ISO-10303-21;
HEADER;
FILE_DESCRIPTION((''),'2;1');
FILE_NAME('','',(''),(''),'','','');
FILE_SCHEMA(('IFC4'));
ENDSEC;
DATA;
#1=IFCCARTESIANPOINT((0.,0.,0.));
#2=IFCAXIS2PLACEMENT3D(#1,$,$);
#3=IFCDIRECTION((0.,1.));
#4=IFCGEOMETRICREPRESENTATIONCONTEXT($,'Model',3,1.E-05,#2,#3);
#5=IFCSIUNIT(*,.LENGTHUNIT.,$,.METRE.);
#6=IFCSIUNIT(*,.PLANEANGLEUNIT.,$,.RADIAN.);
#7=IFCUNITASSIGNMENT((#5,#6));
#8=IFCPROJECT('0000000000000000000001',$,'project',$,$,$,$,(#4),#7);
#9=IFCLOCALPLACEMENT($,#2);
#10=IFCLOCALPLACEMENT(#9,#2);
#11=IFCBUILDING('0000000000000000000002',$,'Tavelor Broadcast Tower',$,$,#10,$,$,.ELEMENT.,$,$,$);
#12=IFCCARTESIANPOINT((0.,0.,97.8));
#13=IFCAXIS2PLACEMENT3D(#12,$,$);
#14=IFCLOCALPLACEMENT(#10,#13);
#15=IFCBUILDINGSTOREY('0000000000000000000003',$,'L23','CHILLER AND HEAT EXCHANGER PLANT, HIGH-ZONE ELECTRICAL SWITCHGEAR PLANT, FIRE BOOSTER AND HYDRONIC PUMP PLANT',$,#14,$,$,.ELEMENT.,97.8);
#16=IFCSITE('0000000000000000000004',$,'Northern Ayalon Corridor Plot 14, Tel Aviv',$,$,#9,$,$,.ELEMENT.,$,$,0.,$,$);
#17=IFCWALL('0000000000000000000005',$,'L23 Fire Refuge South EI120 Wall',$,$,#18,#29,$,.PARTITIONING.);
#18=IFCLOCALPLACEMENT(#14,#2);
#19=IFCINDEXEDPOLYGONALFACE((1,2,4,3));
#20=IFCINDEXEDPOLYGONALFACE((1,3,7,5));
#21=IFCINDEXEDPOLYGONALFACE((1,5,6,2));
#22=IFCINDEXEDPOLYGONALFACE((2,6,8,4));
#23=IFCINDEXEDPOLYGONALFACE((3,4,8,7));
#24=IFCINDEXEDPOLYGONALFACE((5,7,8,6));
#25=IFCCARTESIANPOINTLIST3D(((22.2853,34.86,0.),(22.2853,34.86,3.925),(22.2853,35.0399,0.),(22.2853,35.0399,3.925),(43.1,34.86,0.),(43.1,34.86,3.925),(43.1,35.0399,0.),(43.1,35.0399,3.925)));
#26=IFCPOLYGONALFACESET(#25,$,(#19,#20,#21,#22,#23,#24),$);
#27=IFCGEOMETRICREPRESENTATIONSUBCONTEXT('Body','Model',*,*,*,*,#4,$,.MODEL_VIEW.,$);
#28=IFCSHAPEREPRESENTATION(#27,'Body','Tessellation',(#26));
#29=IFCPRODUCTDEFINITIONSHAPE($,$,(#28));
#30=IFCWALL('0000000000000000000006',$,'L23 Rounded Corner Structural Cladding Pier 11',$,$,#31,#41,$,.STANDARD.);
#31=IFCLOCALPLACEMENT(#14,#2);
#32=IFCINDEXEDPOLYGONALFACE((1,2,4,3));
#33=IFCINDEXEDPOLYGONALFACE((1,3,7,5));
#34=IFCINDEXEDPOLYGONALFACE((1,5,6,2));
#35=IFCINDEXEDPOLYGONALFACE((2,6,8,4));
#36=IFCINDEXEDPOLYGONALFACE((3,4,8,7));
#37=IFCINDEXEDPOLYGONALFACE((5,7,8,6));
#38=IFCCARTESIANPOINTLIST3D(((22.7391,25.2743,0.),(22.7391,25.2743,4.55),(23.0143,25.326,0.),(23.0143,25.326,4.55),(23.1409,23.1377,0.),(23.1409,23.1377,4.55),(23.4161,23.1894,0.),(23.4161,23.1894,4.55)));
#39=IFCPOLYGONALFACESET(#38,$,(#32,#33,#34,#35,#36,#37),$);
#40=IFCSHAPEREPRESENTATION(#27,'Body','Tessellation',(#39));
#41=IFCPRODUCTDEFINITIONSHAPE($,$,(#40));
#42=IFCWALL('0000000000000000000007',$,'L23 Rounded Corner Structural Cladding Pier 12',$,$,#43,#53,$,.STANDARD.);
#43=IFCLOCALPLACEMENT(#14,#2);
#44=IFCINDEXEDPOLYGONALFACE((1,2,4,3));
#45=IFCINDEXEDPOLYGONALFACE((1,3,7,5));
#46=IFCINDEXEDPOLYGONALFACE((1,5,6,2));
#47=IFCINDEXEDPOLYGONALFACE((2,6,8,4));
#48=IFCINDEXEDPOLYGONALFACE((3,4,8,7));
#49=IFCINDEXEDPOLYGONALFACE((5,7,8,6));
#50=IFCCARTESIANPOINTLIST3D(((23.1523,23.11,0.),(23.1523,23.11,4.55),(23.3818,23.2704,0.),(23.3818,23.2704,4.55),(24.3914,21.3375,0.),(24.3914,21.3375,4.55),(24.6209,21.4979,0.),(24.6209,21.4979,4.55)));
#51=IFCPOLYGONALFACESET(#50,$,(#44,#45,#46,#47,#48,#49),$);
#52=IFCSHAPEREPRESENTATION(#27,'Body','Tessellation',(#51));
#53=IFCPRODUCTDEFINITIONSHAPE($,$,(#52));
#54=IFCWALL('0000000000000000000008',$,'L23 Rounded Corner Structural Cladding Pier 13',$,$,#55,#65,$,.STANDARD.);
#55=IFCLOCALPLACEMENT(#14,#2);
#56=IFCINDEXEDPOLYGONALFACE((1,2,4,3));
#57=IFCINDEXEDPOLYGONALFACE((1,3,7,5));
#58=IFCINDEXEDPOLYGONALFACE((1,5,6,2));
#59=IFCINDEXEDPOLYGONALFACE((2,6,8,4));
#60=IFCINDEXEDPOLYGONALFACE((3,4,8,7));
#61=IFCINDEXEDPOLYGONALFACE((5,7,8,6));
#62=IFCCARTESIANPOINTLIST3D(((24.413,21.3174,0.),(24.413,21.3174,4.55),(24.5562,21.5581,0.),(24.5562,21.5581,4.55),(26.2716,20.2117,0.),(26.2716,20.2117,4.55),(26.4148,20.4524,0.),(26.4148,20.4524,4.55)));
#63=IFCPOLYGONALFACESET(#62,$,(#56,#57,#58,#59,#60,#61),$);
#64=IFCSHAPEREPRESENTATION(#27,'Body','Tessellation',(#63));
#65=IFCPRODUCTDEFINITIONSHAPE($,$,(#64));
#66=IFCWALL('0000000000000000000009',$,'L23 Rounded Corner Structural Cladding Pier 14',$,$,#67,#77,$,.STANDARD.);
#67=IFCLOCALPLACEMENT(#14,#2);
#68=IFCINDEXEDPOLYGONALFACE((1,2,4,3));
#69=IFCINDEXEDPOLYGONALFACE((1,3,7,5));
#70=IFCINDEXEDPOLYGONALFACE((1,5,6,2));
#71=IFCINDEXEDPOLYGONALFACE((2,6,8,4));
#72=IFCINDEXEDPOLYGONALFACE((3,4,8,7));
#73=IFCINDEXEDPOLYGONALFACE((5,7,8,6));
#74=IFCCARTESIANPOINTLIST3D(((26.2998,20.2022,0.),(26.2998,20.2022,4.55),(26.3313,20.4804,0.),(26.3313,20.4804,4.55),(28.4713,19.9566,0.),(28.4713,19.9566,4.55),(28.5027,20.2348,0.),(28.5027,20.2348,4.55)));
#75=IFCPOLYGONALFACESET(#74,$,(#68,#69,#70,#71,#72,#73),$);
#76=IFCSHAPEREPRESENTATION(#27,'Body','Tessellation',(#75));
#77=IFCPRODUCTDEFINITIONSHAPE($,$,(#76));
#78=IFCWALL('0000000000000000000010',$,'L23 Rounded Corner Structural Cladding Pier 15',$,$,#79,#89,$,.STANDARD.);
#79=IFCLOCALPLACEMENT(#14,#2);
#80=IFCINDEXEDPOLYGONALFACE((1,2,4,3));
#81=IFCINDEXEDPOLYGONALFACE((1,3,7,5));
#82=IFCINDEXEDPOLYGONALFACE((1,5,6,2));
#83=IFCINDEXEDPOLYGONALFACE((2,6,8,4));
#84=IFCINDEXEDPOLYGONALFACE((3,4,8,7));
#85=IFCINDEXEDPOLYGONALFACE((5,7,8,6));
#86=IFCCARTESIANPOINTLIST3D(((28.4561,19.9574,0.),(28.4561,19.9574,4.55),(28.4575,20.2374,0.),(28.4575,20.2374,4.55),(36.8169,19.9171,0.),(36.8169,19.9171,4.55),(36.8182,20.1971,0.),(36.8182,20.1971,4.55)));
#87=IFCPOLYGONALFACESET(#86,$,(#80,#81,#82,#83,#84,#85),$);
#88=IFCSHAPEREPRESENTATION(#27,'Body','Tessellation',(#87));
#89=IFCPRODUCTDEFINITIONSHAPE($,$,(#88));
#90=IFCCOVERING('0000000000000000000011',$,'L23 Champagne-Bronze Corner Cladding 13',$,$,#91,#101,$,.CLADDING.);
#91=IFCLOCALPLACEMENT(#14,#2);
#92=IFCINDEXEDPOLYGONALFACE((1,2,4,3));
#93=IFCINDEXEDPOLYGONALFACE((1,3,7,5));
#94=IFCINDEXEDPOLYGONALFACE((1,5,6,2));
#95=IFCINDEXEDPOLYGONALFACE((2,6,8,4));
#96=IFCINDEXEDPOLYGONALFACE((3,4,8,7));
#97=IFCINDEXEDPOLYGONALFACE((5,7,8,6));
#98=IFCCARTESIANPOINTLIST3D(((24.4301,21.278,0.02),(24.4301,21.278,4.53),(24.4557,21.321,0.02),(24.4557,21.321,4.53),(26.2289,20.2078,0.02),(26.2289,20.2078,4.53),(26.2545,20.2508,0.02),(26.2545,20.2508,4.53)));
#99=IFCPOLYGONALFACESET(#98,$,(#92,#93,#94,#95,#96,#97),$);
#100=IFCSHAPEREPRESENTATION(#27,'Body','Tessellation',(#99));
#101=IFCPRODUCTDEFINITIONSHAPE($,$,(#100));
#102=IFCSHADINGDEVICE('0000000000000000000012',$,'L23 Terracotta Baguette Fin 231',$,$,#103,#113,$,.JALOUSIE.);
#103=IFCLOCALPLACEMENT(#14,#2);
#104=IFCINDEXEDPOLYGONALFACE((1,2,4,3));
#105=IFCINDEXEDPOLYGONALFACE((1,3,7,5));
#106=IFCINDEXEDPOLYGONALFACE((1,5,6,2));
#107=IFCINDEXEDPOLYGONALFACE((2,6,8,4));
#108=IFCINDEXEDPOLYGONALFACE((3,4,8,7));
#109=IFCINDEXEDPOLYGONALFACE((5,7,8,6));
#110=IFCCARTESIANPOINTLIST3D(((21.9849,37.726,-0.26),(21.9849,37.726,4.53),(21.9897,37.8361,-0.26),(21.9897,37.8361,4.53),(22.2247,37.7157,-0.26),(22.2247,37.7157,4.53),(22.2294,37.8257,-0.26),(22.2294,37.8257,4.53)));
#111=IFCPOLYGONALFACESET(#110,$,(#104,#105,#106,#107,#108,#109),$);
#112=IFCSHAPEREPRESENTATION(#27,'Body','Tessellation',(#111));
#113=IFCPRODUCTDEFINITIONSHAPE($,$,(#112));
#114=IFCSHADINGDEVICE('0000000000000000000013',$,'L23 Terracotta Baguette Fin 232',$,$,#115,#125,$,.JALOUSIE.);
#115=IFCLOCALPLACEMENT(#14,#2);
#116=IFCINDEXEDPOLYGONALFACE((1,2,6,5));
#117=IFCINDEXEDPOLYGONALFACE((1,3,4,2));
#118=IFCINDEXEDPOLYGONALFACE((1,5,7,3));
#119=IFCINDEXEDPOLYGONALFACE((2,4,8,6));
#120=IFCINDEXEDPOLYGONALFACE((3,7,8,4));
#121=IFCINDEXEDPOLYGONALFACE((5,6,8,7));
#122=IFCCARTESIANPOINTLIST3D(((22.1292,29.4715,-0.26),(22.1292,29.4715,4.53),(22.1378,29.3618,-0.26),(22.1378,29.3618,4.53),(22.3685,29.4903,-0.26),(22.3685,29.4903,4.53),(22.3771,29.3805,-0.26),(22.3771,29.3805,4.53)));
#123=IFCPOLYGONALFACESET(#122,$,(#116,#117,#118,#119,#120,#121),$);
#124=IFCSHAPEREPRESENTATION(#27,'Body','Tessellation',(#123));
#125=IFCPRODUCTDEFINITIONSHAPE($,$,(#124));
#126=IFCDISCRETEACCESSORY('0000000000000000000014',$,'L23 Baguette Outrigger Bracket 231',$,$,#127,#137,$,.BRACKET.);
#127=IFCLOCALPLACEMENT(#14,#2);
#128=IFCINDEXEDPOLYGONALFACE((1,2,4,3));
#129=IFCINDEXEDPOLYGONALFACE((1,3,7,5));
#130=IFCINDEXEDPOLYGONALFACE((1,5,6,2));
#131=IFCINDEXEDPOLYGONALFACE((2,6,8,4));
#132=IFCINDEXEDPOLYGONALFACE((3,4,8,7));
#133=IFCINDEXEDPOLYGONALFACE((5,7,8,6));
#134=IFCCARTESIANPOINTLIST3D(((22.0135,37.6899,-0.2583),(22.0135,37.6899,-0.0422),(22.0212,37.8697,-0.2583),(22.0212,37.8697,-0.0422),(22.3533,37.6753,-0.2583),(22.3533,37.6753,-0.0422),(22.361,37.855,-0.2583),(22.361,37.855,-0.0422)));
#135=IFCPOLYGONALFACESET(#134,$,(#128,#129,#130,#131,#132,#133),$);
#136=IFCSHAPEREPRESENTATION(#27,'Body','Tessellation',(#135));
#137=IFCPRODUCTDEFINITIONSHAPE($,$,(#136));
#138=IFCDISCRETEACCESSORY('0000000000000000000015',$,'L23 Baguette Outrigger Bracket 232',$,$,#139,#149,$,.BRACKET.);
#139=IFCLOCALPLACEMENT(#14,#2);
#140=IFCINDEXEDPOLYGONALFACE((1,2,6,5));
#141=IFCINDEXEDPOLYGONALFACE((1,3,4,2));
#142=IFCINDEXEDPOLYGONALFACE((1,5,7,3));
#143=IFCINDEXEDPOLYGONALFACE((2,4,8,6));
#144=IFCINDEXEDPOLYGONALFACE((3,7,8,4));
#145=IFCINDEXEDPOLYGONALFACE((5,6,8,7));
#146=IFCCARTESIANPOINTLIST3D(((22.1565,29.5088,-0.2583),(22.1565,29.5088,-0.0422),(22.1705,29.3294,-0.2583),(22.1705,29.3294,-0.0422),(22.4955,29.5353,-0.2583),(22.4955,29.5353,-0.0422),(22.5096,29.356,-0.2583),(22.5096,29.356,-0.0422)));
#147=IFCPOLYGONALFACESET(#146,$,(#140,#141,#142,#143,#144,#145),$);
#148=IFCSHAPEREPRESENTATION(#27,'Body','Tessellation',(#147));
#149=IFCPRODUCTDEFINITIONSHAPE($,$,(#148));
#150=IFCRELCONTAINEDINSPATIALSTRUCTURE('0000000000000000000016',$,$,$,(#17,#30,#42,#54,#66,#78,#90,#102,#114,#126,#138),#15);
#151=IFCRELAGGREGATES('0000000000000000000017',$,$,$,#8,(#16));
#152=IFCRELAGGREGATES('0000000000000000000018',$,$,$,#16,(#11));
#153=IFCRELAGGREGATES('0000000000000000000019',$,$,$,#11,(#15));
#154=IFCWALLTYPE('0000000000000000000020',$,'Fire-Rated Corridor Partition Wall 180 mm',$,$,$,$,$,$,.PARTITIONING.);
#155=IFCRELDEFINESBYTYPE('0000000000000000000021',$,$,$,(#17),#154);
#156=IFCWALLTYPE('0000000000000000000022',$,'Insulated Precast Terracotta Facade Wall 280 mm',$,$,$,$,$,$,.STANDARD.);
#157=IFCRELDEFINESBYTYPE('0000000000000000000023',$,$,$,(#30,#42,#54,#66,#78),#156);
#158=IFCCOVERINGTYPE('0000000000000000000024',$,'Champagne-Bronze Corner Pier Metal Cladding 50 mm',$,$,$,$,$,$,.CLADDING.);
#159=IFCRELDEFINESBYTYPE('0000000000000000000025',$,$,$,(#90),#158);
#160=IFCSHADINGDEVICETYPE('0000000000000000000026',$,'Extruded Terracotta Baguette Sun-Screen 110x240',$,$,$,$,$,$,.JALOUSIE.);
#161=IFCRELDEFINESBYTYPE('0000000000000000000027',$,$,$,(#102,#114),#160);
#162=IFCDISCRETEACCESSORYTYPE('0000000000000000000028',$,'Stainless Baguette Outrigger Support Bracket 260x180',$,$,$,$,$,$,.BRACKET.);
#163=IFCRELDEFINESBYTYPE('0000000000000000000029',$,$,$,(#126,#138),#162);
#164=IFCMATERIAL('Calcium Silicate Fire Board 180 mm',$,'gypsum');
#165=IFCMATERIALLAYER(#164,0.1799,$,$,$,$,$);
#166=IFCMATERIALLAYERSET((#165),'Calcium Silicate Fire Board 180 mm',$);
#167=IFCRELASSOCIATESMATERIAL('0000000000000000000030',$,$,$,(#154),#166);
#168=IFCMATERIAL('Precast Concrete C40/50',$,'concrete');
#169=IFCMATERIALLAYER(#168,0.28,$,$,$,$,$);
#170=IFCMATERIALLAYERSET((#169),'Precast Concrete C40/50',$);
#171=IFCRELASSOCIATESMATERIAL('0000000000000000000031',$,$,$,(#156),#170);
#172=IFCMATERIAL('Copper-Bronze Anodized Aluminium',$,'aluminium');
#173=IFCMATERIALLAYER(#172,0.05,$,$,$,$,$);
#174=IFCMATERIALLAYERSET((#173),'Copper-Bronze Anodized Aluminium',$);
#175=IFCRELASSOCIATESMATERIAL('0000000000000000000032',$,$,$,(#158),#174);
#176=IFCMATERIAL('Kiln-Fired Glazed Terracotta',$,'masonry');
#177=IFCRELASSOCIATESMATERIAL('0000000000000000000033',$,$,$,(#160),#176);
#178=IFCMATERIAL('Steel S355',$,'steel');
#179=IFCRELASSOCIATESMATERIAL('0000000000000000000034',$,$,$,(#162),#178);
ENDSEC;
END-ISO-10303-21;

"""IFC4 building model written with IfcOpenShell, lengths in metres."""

from ifc_helpers import new_model, si_unit, direction, frame, frame_2d, origin, origin_2d, place, context, subcontext, project, spatial, rectangle, extrude, source, transform, mapped, material, layer, layer_set, type_object, type_shapes, element, save


model = new_model("IFC4")

# Units and contexts
model_context = context("Model", 3, precision=1e-05, world=origin(), true_north=direction((0.0, 1.0)))
body_context = subcontext(model_context, "Body", "Model", "MODEL_VIEW")
ifc_project = project(units=[si_unit("LENGTHUNIT", "METRE"), si_unit("PLANEANGLEUNIT", "RADIAN")], contexts=[model_context])

# Site, building, storey
site_placement = place(None, origin())
site = spatial("IfcSite", under=ifc_project, at=site_placement, Name="Northern Ayalon Corridor Plot 14, Tel Aviv", CompositionType="ELEMENT", RefElevation=0.0)
building_placement = place(site_placement, origin())
building = spatial("IfcBuilding", under=site, at=building_placement, Name="Tavelor Broadcast Tower", CompositionType="ELEMENT")
storey_placement = place(building_placement, frame((0.0, 0.0, 97.8)))
storey = spatial("IfcBuildingStorey", under=building, at=storey_placement, Name="L23", Description="CHILLER AND HEAT EXCHANGER PLANT, HIGH-ZONE ELECTRICAL SWITCHGEAR PLANT, FIRE BOOSTER AND HYDRONIC PUMP PLANT", CompositionType="ELEMENT", Elevation=97.8)

# Shared definitions
ifc_material_1 = material(Name="Steel S355", Category="steel")

# Walls
ifc_material_2 = material(Name="Calcium Silicate Fire Board 180 mm", Category="gypsum")
ifc_layer_1 = layer(ifc_material_2, 0.1799)
ifc_layer_set_1 = layer_set([ifc_layer_1], Name="Calcium Silicate Fire Board 180 mm")
wall_type_1 = type_object("IfcWallType", Name="Fire-Rated Corridor Partition Wall 180 mm", PredefinedType="PARTITIONING", material=ifc_layer_set_1)
wall_1_placement = place(storey_placement, frame((22.2854, 34.95, 0.0), z_axis=(0.0, 0.0, 1.0), x_axis=(1.0, 0.0, 0.0)))
element("IfcWall", 1, at=wall_1_placement, inside=storey, type_object=wall_type_1, Name="L23 Fire Refuge South EI120 Wall", PredefinedType="PARTITIONING", context=body_context, shape_type="SweptSolid", body=[
    extrude(rectangle(XDim=20.8147, YDim=0.1799, at=frame_2d((10.4072, 0.0))), origin(), (0.0, 0.0, 1.0), 3.925),
])
ifc_material_3 = material(Name="Precast Concrete C40/50", Category="concrete")
ifc_layer_2 = layer(ifc_material_3, 0.28)
ifc_layer_set_2 = layer_set([ifc_layer_2], Name="Precast Concrete C40/50")
wall_type_2 = type_object("IfcWallType", Name="Insulated Precast Terracotta Facade Wall 280 mm", PredefinedType="STANDARD", material=ifc_layer_set_2)
wall_2_placement = place(storey_placement, frame((22.8767, 25.3, 0.0), z_axis=(0.0, 0.0, 1.0), x_axis=(0.184831, -0.98277, 0.0)))
element("IfcWall", 2, at=wall_2_placement, inside=storey, type_object=wall_type_2, Name="L23 Rounded Corner Structural Cladding Pier 11", PredefinedType="STANDARD", context=body_context, shape_type="SweptSolid", body=[
    extrude(rectangle(XDim=2.1741, YDim=0.28, at=frame_2d((1.0869, 0.0))), origin(), (0.0, 0.0, 1.0), 4.55),
])
for number, where, z_axis, x_axis, name in (
    (3, (23.2671, 23.1902, 0.0), (0.0, 0.0, 1.0), (0.572932, -0.819603, 0.0), "L23 Rounded Corner Structural Cladding Pier 12"),
    (4, (24.4846, 21.4377, 0.0), (0.0, 0.0, 1.0), (0.859419, -0.511271, 0.0), "L23 Rounded Corner Structural Cladding Pier 13"),
):
    element("IfcWall", number, at=place(storey_placement, frame(where, z_axis=z_axis, x_axis=x_axis)), inside=storey, type_object=wall_type_2, Name=name, PredefinedType="STANDARD", context=body_context, shape_type="SweptSolid", body=[
        extrude(rectangle(XDim=2.1626, YDim=0.28, at=frame_2d((1.0813, 0.0))), origin(), (0.0, 0.0, 1.0), 4.55),
    ])
wall_3_placement = place(storey_placement, frame((26.3154, 20.3413, 0.0), z_axis=(0.0, 0.0, 1.0), x_axis=(0.993664, -0.112393, 0.0)))
element("IfcWall", 5, at=wall_3_placement, inside=storey, type_object=wall_type_2, Name="L23 Rounded Corner Structural Cladding Pier 14", PredefinedType="STANDARD", context=body_context, shape_type="SweptSolid", body=[
    extrude(rectangle(XDim=2.1853, YDim=0.28, at=frame_2d((1.0928, 0.0))), origin(), (0.0, 0.0, 1.0), 4.55),
])
wall_4_placement = place(storey_placement, frame((28.4568, 20.0974, 0.0), z_axis=(0.0, 0.0, 1.0), x_axis=(0.999988, -0.004818, 0.0)))
element("IfcWall", 6, at=wall_4_placement, inside=storey, type_object=wall_type_2, Name="L23 Rounded Corner Structural Cladding Pier 15", PredefinedType="STANDARD", context=body_context, shape_type="SweptSolid", body=[
    extrude(rectangle(XDim=8.3608, YDim=0.28, at=frame_2d((4.1804, 0.0))), origin(), (0.0, 0.0, 1.0), 4.55),
])

# Covering
ifc_material_4 = material(Name="Copper-Bronze Anodized Aluminium", Category="aluminium")
ifc_layer_3 = layer(ifc_material_4, 0.05)
ifc_layer_set_3 = layer_set([ifc_layer_3], Name="Copper-Bronze Anodized Aluminium")
covering_type = type_object("IfcCoveringType", Name="Champagne-Bronze Corner Pier Metal Cladding 50 mm", PredefinedType="CLADDING", material=ifc_layer_set_3)
covering_placement = place(storey_placement, frame((25.3423, 20.7644, 0.02), z_axis=(0.0, 0.0, 1.0), x_axis=(0.859406, -0.511293, 0.0)))
element("IfcCovering", 7, at=covering_placement, inside=storey, type_object=covering_type, Name="L23 Champagne-Bronze Corner Cladding 13", PredefinedType="CLADDING", context=body_context, shape_type="SweptSolid", body=[
    extrude(rectangle(XDim=2.093, YDim=0.05, at=origin_2d()), origin(), (0.0, 0.0, 1.0), 4.51),
])

# Shading devices
ifc_material_5 = material(Name="Kiln-Fired Glazed Terracotta", Category="masonry")
shading_device_type = type_object("IfcShadingDeviceType", Name="Extruded Terracotta Baguette Sun-Screen 110x240", PredefinedType="JALOUSIE", material=ifc_material_5)
shared_shape_1 = source(origin(), body_context, "Body", "SweptSolid", [
    extrude(rectangle(XDim=0.1101, YDim=0.24, at=origin_2d()), origin(), (0.0, 0.0, 1.0), 4.79),
])
type_shapes(shading_device_type, [shared_shape_1])
for number, where, z_axis, x_axis, name in (
    (8, (22.1072, 37.7759, -0.26), (0.0, 0.0, 1.0), (-0.043096, -0.999071, 0.0), "L23 Terracotta Baguette Fin 231"),
    (9, (22.2532, 29.426, -0.26), (0.0, 0.0, 1.0), (0.078111, -0.996945, 0.0), "L23 Terracotta Baguette Fin 232"),
):
    element("IfcShadingDevice", number, at=place(storey_placement, frame(where, z_axis=z_axis, x_axis=x_axis)), inside=storey, type_object=shading_device_type, Name=name, PredefinedType="JALOUSIE", context=body_context, shape_type="MappedRepresentation", body=[
        mapped(shared_shape_1, transform((0.0, 0.0, 0.0), scale=1.0)),
    ])

# Discrete accessories
discrete_accessory_type = type_object("IfcDiscreteAccessoryType", Name="Stainless Baguette Outrigger Support Bracket 260x180", PredefinedType="BRACKET", material=ifc_material_1)
shared_shape_2 = source(origin(), body_context, "Body", "SweptSolid", [
    extrude(rectangle(XDim=0.1799, YDim=0.3401, at=origin_2d()), origin(), (0.0, 0.0, 1.0), 0.2161),
])
type_shapes(discrete_accessory_type, [shared_shape_2])
for number, where, z_axis, x_axis, name in (
    (10, (22.1873, 37.7725, -0.2583), (0.0, 0.0, 1.0), (-0.043096, -0.999071, 0.0), "L23 Baguette Outrigger Bracket 231"),
    (11, (22.333, 29.4324, -0.2583), (0.0, 0.0, 1.0), (0.078111, -0.996945, 0.0), "L23 Baguette Outrigger Bracket 232"),
):
    element("IfcDiscreteAccessory", number, at=place(storey_placement, frame(where, z_axis=z_axis, x_axis=x_axis)), inside=storey, type_object=discrete_accessory_type, Name=name, PredefinedType="BRACKET", context=body_context, shape_type="MappedRepresentation", body=[
        mapped(shared_shape_2, transform((0.0, 0.0, 0.0), scale=1.0)),
    ])

save(model, "model.ifc")
